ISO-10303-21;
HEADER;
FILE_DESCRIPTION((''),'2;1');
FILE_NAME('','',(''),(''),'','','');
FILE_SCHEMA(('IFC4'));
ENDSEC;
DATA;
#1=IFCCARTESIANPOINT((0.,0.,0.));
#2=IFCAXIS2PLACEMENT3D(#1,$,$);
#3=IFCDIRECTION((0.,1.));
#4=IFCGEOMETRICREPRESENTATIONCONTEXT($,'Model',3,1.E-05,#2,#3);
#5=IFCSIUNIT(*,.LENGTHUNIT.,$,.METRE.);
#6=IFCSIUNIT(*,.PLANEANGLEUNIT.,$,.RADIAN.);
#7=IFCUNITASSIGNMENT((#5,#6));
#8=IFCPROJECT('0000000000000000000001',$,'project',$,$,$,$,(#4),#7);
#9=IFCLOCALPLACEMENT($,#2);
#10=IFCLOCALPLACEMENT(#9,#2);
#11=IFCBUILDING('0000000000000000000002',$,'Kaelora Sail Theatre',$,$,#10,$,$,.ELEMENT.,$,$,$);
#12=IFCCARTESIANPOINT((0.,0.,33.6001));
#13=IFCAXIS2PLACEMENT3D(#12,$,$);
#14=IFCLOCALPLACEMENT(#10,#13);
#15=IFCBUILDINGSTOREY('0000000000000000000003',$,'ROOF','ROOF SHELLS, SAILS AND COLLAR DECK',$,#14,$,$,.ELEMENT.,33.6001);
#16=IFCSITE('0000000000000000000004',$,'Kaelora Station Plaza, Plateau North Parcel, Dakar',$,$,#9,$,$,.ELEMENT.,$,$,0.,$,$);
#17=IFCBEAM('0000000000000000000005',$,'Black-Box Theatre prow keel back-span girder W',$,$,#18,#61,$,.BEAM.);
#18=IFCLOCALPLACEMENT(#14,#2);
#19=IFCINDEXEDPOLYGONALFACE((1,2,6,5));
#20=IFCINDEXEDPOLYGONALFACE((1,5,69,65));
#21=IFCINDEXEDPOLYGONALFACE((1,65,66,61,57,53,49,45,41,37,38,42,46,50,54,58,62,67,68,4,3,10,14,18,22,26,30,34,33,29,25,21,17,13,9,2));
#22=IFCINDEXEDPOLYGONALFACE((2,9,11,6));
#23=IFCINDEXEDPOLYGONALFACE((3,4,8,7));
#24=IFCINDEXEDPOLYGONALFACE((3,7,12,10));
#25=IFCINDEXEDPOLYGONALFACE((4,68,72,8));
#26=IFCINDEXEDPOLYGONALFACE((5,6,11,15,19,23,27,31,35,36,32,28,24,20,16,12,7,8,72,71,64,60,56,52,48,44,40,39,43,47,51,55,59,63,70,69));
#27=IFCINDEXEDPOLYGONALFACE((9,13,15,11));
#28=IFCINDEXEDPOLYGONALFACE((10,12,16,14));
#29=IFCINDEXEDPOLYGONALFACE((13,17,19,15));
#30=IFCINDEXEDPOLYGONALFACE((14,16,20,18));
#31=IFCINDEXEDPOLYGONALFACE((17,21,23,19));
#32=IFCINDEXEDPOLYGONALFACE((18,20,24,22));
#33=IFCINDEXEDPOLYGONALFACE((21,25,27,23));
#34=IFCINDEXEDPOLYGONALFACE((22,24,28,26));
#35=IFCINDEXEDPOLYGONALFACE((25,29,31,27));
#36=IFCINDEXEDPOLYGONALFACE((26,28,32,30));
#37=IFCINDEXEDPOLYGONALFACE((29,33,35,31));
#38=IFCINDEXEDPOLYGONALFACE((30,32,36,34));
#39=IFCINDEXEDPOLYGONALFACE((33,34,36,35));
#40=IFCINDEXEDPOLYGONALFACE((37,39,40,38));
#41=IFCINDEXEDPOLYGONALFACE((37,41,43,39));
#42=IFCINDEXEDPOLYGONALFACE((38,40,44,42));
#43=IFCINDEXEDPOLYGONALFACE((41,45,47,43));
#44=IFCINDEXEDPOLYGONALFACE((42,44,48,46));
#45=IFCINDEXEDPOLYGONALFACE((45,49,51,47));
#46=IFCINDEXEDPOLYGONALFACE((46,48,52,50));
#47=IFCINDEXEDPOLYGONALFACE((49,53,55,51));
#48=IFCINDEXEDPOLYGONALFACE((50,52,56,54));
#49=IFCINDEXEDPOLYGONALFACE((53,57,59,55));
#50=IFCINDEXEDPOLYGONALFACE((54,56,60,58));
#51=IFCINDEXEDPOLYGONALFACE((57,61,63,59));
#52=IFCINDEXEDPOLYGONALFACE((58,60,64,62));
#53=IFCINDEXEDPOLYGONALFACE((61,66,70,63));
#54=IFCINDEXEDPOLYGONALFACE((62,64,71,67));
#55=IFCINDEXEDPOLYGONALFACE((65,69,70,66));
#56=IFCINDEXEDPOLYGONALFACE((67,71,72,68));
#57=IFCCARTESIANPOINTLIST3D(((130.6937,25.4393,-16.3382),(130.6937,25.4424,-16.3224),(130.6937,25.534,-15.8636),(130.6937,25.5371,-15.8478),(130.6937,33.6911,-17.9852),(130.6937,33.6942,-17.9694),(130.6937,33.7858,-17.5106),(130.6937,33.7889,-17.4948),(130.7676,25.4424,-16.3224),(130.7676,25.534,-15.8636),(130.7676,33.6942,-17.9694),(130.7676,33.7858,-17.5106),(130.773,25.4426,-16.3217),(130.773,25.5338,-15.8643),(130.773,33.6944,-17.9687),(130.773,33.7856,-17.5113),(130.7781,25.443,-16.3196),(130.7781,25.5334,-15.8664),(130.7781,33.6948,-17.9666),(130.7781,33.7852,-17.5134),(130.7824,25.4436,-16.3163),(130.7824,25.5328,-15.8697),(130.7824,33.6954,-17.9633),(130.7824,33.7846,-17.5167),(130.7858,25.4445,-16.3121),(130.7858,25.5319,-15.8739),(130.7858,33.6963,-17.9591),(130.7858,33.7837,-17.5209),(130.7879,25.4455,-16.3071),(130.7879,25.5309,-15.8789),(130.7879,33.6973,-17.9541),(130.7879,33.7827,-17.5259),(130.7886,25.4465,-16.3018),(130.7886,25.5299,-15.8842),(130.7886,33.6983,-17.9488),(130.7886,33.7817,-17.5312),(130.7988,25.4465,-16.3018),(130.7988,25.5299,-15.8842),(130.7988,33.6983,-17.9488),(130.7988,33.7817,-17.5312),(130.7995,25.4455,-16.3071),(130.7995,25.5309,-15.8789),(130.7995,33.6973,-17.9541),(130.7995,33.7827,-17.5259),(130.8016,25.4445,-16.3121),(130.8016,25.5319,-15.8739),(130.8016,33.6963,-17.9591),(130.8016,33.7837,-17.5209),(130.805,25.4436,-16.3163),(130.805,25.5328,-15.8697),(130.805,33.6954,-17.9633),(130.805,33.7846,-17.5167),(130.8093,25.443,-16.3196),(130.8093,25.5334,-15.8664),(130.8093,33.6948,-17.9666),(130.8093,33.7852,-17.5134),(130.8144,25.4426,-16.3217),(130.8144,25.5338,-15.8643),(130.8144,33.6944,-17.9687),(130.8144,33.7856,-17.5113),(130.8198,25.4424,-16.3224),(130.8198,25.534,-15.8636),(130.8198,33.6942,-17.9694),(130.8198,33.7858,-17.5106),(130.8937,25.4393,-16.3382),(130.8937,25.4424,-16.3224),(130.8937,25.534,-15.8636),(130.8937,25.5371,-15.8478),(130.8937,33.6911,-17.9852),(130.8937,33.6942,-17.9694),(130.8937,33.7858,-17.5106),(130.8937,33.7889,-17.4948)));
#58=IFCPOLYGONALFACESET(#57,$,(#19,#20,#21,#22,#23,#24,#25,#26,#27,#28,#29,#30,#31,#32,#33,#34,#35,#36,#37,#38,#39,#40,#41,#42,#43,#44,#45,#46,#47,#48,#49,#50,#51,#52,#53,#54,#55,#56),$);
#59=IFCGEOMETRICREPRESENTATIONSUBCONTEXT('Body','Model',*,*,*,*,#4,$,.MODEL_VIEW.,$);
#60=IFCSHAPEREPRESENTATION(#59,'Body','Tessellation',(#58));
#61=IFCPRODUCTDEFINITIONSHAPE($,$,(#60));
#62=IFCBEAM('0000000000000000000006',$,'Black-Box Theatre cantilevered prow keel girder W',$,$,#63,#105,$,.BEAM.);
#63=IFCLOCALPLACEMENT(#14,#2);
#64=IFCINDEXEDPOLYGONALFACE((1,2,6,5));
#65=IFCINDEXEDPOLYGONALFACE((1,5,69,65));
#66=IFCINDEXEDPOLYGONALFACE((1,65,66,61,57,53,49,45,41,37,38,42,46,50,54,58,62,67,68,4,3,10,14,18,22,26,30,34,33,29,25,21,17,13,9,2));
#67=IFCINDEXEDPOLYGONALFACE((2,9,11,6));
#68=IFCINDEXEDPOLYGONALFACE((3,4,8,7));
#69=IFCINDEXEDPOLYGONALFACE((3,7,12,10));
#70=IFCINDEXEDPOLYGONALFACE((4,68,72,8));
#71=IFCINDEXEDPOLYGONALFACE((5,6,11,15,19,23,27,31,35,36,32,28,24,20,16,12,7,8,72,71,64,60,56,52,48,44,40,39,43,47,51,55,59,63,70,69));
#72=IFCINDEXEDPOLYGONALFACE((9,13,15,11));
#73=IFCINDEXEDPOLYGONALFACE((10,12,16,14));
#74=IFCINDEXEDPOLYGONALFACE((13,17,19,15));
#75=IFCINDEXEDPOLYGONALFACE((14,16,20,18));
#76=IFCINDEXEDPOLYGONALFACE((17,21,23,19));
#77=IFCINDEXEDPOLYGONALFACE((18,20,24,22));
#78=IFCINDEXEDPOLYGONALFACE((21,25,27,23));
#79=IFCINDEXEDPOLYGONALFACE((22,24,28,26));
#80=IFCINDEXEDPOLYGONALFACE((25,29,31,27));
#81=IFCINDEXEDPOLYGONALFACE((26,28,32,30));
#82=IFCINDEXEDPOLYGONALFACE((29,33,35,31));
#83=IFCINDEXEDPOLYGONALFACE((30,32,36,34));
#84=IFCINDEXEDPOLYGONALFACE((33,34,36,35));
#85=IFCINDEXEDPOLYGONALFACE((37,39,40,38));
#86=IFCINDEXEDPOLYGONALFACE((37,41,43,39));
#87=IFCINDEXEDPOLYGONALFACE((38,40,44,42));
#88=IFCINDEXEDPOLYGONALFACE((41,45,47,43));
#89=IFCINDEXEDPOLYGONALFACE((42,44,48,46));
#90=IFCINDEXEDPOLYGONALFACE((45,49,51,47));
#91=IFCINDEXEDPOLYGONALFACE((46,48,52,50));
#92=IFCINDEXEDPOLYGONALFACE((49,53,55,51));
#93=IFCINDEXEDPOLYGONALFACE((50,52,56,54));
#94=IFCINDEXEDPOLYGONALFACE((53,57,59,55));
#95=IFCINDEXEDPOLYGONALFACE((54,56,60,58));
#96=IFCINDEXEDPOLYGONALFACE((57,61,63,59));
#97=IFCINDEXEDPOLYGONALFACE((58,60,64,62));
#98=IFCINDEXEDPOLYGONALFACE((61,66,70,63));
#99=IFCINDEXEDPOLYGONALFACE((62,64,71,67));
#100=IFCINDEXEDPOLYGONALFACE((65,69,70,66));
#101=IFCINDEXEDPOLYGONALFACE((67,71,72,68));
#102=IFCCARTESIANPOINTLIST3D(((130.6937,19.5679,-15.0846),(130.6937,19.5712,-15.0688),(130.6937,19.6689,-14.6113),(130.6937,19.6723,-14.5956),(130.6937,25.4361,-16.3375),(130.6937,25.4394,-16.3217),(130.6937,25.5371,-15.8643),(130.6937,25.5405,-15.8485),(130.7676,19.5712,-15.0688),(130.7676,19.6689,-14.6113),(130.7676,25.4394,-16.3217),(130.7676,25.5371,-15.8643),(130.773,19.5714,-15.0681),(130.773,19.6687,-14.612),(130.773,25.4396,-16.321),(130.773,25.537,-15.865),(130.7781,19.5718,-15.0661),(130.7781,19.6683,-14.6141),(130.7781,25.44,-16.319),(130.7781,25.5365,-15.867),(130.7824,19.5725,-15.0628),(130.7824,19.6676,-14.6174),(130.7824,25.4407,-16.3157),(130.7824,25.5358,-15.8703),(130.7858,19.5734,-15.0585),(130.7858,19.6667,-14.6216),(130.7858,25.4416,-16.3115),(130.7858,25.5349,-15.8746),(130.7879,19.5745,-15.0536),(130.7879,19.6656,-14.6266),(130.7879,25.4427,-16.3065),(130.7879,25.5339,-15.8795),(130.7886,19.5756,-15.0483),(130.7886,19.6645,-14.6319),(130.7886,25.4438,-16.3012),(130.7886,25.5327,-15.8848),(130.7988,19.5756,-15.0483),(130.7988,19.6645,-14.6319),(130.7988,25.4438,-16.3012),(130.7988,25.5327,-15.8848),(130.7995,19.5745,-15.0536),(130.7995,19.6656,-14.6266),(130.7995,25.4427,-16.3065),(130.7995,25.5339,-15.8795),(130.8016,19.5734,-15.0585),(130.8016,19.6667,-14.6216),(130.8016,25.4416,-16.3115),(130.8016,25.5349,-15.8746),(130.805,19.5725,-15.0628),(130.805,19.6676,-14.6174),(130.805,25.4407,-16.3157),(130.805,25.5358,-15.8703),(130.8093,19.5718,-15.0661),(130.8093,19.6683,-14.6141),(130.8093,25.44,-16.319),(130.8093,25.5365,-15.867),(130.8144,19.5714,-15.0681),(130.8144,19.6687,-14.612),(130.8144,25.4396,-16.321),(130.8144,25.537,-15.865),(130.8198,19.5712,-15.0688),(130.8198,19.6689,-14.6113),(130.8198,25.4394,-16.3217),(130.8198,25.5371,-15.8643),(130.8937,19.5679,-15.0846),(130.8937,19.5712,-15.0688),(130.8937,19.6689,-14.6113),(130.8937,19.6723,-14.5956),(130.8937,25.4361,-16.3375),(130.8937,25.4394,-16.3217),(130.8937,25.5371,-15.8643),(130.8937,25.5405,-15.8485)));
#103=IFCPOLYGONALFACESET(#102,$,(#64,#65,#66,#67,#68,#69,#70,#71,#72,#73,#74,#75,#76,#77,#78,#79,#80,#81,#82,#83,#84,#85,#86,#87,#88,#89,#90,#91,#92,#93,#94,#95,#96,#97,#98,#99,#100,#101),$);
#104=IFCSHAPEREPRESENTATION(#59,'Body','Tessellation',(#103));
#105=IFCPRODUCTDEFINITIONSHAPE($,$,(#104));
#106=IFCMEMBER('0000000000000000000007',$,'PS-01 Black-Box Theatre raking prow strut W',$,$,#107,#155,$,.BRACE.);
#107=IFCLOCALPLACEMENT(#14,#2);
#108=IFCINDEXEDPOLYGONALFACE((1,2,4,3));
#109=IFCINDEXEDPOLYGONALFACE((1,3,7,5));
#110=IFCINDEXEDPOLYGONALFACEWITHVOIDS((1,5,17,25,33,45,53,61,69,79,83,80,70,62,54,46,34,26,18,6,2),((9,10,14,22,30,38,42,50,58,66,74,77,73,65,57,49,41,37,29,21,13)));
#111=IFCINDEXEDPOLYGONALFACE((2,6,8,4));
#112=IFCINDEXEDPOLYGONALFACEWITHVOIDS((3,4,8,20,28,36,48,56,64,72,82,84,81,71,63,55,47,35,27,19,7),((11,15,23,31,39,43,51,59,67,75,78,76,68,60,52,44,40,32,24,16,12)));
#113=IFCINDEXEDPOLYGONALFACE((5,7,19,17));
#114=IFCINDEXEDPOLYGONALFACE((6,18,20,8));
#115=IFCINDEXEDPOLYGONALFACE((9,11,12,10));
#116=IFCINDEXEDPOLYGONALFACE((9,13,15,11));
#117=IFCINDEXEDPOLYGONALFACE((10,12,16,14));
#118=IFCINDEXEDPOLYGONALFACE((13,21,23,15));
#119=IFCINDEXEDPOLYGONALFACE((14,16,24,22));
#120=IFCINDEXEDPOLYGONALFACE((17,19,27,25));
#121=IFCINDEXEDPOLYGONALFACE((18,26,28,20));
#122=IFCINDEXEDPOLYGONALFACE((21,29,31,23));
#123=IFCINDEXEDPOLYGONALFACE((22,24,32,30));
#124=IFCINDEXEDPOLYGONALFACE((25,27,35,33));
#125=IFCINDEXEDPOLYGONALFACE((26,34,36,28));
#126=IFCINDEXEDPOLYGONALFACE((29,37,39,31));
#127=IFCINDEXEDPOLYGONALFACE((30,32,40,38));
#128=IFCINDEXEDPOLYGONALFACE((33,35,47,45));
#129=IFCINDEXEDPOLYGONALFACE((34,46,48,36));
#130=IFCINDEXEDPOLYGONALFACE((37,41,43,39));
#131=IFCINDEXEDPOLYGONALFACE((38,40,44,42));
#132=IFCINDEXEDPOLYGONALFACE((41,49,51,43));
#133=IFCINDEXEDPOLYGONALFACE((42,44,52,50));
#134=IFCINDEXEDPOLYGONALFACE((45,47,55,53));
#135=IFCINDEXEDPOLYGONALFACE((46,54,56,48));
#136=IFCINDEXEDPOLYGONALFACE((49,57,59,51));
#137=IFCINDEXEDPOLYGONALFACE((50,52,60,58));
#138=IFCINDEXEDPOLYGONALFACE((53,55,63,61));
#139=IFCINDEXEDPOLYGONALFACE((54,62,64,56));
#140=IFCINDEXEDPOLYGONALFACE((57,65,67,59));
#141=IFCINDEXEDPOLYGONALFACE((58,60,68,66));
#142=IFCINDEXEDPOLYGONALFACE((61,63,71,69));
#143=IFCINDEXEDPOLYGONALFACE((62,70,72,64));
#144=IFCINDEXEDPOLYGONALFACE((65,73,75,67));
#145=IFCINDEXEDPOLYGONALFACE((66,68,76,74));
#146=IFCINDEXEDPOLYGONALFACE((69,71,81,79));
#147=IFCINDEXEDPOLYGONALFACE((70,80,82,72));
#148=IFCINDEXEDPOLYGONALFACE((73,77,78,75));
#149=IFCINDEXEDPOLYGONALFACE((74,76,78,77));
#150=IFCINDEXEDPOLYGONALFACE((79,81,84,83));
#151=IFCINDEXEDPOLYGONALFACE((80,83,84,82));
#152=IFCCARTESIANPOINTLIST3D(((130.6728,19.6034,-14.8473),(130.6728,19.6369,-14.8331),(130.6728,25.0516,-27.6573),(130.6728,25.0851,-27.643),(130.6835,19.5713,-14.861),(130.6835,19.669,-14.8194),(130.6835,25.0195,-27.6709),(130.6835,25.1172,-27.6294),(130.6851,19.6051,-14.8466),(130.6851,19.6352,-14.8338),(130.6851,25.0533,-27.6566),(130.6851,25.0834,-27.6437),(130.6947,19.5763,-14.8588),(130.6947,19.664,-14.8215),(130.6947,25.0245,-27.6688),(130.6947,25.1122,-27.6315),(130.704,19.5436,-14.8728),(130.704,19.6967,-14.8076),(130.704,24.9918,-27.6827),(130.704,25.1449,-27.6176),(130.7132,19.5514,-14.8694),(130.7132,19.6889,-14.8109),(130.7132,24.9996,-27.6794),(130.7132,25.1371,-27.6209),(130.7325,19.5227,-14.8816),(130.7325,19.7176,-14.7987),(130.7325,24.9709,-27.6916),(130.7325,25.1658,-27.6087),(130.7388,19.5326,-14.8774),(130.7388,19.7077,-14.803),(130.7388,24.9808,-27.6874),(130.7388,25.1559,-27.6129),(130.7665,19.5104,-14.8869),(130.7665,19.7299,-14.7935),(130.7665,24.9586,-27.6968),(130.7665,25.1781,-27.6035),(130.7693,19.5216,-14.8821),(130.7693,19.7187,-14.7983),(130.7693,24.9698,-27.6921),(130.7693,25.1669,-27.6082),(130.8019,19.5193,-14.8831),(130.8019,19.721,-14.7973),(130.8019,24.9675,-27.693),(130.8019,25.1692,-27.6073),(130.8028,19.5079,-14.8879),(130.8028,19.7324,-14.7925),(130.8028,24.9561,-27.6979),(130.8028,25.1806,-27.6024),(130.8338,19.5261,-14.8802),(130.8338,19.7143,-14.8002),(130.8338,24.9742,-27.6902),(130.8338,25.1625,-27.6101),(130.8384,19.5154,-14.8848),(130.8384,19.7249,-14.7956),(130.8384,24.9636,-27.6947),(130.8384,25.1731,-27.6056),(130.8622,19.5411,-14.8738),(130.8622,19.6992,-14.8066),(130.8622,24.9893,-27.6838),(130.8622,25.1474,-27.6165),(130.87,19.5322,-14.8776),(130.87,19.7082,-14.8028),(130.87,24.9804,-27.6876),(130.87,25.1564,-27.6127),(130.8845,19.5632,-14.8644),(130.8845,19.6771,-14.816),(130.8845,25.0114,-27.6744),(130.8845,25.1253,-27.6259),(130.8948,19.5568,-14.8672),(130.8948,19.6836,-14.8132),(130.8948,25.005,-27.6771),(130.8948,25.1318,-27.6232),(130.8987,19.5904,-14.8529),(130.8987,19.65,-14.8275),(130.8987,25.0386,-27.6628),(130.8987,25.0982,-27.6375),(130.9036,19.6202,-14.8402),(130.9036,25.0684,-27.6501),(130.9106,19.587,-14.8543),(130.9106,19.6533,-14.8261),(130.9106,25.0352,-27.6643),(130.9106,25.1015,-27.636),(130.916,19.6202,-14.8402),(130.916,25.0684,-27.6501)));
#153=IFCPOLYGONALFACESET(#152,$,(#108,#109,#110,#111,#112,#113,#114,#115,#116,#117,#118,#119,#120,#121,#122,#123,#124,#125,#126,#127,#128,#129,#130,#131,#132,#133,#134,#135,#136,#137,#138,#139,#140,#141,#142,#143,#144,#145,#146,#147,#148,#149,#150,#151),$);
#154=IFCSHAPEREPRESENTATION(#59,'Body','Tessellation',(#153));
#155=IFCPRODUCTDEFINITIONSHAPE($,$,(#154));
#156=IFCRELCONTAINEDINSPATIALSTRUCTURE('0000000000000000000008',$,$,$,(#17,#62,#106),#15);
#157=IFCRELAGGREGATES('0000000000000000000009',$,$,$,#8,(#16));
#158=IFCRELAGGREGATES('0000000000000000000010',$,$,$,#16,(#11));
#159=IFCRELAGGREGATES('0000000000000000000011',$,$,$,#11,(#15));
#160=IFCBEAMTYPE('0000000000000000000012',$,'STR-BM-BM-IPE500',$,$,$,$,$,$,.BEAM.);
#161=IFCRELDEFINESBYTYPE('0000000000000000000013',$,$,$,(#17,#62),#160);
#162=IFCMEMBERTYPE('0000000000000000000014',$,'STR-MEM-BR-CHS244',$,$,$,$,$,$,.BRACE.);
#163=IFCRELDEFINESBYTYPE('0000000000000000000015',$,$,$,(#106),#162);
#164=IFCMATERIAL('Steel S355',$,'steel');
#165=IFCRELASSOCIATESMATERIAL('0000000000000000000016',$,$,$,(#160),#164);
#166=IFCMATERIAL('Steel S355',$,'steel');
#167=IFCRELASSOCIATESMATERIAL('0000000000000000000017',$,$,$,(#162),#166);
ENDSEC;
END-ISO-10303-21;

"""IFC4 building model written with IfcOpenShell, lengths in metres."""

from ifc_helpers import new_model, si_unit, direction, frame, origin, origin_2d, place, context, subcontext, project, spatial, hollow_circle, i_section, extrude, material, material_profile, profile_set, type_object, element, save


model = new_model("IFC4")

# Units and contexts
model_context = context("Model", 3, precision=1e-05, world=origin(), true_north=direction((0.0, 1.0)))
body_context = subcontext(model_context, "Body", "Model", "MODEL_VIEW")
ifc_project = project(units=[si_unit("LENGTHUNIT", "METRE"), si_unit("PLANEANGLEUNIT", "RADIAN")], contexts=[model_context])

# Site, building, storey
site_placement = place(None, origin())
site = spatial("IfcSite", under=ifc_project, at=site_placement, Name="Kaelora Station Plaza, Plateau North Parcel, Dakar", CompositionType="ELEMENT", RefElevation=0.0)
building_placement = place(site_placement, origin())
building = spatial("IfcBuilding", under=site, at=building_placement, Name="Kaelora Sail Theatre", CompositionType="ELEMENT")
storey_placement = place(building_placement, frame((0.0, 0.0, 33.6001)))
storey = spatial("IfcBuildingStorey", under=building, at=storey_placement, Name="ROOF", Description="ROOF SHELLS, SAILS AND COLLAR DECK", CompositionType="ELEMENT", Elevation=33.6001)

# Beams
ifc_material_1 = material(Name="Steel S355", Category="steel")
ifc_material_profile_1 = material_profile(ifc_material_1, i_section(OverallWidth=0.2, OverallDepth=0.5, WebThickness=0.0103, FlangeThickness=0.0161, FilletRadius=0.021, at=origin_2d()), Name="IPE 500")
ifc_profile_set_1 = profile_set([ifc_material_profile_1], Name="Steel S355")
beam_type_1 = type_object("IfcBeamType", Name="STR-BM-BM-IPE500", PredefinedType="BEAM", material=ifc_profile_set_1)
beam_1_placement = place(storey_placement, frame((130.7937, 33.74, -17.74), z_axis=(0.0, -0.980658, 0.195731), x_axis=(1.0, 0.0, 0.0)))
element("IfcBeam", 1, at=beam_1_placement, inside=storey, type_object=beam_type_1, Name="Black-Box Theatre prow keel back-span girder W", PredefinedType="BEAM", context=body_context, shape_type="SweptSolid", body=[
    extrude(i_section(OverallWidth=0.2, OverallDepth=0.5, WebThickness=0.0103, FlangeThickness=0.0161, FilletRadius=0.021, at=origin_2d()), origin(), (0.0, 0.0, 1.0), 8.4146),
])
beam_2_placement = place(storey_placement, frame((130.7937, 25.4883, -16.093), z_axis=(0.0, -0.977957, 0.208807), x_axis=(1.0, 0.0, 0.0)))
element("IfcBeam", 2, at=beam_2_placement, inside=storey, type_object=beam_type_1, Name="Black-Box Theatre cantilevered prow keel girder W", PredefinedType="BEAM", context=body_context, shape_type="SweptSolid", body=[
    extrude(i_section(OverallWidth=0.2, OverallDepth=0.5, WebThickness=0.0103, FlangeThickness=0.0161, FilletRadius=0.021, at=origin_2d()), origin(), (0.0, 0.0, 1.0), 6.0005),
])

# Member
ifc_material_2 = material(Name="Steel S355", Category="steel")
ifc_material_profile_2 = material_profile(ifc_material_2, hollow_circle(Radius=0.1223, WallThickness=0.0125, at=origin_2d()), Name="CHS 244.5x12.5")
ifc_profile_set_2 = profile_set([ifc_material_profile_2], Name="Steel S355")
member_type_1 = type_object("IfcMemberType", Name="STR-MEM-BR-CHS244", PredefinedType="BRACE", material=ifc_profile_set_2)
member_1_placement = place(storey_placement, frame((130.7937, 25.0684, -27.6501), z_axis=(0.0, -0.391382, 0.920228), x_axis=(1.0, 0.0, 0.0)))
element("IfcMember", 3, at=member_1_placement, inside=storey, type_object=member_type_1, Name="PS-01 Black-Box Theatre raking prow strut W", PredefinedType="BRACE", context=body_context, shape_type="SweptSolid", body=[
    extrude(hollow_circle(Radius=0.1223, WallThickness=0.0125, at=origin_2d()), origin(), (0.0, 0.0, 1.0), 13.9204),
])

save(model, "model.ifc")
